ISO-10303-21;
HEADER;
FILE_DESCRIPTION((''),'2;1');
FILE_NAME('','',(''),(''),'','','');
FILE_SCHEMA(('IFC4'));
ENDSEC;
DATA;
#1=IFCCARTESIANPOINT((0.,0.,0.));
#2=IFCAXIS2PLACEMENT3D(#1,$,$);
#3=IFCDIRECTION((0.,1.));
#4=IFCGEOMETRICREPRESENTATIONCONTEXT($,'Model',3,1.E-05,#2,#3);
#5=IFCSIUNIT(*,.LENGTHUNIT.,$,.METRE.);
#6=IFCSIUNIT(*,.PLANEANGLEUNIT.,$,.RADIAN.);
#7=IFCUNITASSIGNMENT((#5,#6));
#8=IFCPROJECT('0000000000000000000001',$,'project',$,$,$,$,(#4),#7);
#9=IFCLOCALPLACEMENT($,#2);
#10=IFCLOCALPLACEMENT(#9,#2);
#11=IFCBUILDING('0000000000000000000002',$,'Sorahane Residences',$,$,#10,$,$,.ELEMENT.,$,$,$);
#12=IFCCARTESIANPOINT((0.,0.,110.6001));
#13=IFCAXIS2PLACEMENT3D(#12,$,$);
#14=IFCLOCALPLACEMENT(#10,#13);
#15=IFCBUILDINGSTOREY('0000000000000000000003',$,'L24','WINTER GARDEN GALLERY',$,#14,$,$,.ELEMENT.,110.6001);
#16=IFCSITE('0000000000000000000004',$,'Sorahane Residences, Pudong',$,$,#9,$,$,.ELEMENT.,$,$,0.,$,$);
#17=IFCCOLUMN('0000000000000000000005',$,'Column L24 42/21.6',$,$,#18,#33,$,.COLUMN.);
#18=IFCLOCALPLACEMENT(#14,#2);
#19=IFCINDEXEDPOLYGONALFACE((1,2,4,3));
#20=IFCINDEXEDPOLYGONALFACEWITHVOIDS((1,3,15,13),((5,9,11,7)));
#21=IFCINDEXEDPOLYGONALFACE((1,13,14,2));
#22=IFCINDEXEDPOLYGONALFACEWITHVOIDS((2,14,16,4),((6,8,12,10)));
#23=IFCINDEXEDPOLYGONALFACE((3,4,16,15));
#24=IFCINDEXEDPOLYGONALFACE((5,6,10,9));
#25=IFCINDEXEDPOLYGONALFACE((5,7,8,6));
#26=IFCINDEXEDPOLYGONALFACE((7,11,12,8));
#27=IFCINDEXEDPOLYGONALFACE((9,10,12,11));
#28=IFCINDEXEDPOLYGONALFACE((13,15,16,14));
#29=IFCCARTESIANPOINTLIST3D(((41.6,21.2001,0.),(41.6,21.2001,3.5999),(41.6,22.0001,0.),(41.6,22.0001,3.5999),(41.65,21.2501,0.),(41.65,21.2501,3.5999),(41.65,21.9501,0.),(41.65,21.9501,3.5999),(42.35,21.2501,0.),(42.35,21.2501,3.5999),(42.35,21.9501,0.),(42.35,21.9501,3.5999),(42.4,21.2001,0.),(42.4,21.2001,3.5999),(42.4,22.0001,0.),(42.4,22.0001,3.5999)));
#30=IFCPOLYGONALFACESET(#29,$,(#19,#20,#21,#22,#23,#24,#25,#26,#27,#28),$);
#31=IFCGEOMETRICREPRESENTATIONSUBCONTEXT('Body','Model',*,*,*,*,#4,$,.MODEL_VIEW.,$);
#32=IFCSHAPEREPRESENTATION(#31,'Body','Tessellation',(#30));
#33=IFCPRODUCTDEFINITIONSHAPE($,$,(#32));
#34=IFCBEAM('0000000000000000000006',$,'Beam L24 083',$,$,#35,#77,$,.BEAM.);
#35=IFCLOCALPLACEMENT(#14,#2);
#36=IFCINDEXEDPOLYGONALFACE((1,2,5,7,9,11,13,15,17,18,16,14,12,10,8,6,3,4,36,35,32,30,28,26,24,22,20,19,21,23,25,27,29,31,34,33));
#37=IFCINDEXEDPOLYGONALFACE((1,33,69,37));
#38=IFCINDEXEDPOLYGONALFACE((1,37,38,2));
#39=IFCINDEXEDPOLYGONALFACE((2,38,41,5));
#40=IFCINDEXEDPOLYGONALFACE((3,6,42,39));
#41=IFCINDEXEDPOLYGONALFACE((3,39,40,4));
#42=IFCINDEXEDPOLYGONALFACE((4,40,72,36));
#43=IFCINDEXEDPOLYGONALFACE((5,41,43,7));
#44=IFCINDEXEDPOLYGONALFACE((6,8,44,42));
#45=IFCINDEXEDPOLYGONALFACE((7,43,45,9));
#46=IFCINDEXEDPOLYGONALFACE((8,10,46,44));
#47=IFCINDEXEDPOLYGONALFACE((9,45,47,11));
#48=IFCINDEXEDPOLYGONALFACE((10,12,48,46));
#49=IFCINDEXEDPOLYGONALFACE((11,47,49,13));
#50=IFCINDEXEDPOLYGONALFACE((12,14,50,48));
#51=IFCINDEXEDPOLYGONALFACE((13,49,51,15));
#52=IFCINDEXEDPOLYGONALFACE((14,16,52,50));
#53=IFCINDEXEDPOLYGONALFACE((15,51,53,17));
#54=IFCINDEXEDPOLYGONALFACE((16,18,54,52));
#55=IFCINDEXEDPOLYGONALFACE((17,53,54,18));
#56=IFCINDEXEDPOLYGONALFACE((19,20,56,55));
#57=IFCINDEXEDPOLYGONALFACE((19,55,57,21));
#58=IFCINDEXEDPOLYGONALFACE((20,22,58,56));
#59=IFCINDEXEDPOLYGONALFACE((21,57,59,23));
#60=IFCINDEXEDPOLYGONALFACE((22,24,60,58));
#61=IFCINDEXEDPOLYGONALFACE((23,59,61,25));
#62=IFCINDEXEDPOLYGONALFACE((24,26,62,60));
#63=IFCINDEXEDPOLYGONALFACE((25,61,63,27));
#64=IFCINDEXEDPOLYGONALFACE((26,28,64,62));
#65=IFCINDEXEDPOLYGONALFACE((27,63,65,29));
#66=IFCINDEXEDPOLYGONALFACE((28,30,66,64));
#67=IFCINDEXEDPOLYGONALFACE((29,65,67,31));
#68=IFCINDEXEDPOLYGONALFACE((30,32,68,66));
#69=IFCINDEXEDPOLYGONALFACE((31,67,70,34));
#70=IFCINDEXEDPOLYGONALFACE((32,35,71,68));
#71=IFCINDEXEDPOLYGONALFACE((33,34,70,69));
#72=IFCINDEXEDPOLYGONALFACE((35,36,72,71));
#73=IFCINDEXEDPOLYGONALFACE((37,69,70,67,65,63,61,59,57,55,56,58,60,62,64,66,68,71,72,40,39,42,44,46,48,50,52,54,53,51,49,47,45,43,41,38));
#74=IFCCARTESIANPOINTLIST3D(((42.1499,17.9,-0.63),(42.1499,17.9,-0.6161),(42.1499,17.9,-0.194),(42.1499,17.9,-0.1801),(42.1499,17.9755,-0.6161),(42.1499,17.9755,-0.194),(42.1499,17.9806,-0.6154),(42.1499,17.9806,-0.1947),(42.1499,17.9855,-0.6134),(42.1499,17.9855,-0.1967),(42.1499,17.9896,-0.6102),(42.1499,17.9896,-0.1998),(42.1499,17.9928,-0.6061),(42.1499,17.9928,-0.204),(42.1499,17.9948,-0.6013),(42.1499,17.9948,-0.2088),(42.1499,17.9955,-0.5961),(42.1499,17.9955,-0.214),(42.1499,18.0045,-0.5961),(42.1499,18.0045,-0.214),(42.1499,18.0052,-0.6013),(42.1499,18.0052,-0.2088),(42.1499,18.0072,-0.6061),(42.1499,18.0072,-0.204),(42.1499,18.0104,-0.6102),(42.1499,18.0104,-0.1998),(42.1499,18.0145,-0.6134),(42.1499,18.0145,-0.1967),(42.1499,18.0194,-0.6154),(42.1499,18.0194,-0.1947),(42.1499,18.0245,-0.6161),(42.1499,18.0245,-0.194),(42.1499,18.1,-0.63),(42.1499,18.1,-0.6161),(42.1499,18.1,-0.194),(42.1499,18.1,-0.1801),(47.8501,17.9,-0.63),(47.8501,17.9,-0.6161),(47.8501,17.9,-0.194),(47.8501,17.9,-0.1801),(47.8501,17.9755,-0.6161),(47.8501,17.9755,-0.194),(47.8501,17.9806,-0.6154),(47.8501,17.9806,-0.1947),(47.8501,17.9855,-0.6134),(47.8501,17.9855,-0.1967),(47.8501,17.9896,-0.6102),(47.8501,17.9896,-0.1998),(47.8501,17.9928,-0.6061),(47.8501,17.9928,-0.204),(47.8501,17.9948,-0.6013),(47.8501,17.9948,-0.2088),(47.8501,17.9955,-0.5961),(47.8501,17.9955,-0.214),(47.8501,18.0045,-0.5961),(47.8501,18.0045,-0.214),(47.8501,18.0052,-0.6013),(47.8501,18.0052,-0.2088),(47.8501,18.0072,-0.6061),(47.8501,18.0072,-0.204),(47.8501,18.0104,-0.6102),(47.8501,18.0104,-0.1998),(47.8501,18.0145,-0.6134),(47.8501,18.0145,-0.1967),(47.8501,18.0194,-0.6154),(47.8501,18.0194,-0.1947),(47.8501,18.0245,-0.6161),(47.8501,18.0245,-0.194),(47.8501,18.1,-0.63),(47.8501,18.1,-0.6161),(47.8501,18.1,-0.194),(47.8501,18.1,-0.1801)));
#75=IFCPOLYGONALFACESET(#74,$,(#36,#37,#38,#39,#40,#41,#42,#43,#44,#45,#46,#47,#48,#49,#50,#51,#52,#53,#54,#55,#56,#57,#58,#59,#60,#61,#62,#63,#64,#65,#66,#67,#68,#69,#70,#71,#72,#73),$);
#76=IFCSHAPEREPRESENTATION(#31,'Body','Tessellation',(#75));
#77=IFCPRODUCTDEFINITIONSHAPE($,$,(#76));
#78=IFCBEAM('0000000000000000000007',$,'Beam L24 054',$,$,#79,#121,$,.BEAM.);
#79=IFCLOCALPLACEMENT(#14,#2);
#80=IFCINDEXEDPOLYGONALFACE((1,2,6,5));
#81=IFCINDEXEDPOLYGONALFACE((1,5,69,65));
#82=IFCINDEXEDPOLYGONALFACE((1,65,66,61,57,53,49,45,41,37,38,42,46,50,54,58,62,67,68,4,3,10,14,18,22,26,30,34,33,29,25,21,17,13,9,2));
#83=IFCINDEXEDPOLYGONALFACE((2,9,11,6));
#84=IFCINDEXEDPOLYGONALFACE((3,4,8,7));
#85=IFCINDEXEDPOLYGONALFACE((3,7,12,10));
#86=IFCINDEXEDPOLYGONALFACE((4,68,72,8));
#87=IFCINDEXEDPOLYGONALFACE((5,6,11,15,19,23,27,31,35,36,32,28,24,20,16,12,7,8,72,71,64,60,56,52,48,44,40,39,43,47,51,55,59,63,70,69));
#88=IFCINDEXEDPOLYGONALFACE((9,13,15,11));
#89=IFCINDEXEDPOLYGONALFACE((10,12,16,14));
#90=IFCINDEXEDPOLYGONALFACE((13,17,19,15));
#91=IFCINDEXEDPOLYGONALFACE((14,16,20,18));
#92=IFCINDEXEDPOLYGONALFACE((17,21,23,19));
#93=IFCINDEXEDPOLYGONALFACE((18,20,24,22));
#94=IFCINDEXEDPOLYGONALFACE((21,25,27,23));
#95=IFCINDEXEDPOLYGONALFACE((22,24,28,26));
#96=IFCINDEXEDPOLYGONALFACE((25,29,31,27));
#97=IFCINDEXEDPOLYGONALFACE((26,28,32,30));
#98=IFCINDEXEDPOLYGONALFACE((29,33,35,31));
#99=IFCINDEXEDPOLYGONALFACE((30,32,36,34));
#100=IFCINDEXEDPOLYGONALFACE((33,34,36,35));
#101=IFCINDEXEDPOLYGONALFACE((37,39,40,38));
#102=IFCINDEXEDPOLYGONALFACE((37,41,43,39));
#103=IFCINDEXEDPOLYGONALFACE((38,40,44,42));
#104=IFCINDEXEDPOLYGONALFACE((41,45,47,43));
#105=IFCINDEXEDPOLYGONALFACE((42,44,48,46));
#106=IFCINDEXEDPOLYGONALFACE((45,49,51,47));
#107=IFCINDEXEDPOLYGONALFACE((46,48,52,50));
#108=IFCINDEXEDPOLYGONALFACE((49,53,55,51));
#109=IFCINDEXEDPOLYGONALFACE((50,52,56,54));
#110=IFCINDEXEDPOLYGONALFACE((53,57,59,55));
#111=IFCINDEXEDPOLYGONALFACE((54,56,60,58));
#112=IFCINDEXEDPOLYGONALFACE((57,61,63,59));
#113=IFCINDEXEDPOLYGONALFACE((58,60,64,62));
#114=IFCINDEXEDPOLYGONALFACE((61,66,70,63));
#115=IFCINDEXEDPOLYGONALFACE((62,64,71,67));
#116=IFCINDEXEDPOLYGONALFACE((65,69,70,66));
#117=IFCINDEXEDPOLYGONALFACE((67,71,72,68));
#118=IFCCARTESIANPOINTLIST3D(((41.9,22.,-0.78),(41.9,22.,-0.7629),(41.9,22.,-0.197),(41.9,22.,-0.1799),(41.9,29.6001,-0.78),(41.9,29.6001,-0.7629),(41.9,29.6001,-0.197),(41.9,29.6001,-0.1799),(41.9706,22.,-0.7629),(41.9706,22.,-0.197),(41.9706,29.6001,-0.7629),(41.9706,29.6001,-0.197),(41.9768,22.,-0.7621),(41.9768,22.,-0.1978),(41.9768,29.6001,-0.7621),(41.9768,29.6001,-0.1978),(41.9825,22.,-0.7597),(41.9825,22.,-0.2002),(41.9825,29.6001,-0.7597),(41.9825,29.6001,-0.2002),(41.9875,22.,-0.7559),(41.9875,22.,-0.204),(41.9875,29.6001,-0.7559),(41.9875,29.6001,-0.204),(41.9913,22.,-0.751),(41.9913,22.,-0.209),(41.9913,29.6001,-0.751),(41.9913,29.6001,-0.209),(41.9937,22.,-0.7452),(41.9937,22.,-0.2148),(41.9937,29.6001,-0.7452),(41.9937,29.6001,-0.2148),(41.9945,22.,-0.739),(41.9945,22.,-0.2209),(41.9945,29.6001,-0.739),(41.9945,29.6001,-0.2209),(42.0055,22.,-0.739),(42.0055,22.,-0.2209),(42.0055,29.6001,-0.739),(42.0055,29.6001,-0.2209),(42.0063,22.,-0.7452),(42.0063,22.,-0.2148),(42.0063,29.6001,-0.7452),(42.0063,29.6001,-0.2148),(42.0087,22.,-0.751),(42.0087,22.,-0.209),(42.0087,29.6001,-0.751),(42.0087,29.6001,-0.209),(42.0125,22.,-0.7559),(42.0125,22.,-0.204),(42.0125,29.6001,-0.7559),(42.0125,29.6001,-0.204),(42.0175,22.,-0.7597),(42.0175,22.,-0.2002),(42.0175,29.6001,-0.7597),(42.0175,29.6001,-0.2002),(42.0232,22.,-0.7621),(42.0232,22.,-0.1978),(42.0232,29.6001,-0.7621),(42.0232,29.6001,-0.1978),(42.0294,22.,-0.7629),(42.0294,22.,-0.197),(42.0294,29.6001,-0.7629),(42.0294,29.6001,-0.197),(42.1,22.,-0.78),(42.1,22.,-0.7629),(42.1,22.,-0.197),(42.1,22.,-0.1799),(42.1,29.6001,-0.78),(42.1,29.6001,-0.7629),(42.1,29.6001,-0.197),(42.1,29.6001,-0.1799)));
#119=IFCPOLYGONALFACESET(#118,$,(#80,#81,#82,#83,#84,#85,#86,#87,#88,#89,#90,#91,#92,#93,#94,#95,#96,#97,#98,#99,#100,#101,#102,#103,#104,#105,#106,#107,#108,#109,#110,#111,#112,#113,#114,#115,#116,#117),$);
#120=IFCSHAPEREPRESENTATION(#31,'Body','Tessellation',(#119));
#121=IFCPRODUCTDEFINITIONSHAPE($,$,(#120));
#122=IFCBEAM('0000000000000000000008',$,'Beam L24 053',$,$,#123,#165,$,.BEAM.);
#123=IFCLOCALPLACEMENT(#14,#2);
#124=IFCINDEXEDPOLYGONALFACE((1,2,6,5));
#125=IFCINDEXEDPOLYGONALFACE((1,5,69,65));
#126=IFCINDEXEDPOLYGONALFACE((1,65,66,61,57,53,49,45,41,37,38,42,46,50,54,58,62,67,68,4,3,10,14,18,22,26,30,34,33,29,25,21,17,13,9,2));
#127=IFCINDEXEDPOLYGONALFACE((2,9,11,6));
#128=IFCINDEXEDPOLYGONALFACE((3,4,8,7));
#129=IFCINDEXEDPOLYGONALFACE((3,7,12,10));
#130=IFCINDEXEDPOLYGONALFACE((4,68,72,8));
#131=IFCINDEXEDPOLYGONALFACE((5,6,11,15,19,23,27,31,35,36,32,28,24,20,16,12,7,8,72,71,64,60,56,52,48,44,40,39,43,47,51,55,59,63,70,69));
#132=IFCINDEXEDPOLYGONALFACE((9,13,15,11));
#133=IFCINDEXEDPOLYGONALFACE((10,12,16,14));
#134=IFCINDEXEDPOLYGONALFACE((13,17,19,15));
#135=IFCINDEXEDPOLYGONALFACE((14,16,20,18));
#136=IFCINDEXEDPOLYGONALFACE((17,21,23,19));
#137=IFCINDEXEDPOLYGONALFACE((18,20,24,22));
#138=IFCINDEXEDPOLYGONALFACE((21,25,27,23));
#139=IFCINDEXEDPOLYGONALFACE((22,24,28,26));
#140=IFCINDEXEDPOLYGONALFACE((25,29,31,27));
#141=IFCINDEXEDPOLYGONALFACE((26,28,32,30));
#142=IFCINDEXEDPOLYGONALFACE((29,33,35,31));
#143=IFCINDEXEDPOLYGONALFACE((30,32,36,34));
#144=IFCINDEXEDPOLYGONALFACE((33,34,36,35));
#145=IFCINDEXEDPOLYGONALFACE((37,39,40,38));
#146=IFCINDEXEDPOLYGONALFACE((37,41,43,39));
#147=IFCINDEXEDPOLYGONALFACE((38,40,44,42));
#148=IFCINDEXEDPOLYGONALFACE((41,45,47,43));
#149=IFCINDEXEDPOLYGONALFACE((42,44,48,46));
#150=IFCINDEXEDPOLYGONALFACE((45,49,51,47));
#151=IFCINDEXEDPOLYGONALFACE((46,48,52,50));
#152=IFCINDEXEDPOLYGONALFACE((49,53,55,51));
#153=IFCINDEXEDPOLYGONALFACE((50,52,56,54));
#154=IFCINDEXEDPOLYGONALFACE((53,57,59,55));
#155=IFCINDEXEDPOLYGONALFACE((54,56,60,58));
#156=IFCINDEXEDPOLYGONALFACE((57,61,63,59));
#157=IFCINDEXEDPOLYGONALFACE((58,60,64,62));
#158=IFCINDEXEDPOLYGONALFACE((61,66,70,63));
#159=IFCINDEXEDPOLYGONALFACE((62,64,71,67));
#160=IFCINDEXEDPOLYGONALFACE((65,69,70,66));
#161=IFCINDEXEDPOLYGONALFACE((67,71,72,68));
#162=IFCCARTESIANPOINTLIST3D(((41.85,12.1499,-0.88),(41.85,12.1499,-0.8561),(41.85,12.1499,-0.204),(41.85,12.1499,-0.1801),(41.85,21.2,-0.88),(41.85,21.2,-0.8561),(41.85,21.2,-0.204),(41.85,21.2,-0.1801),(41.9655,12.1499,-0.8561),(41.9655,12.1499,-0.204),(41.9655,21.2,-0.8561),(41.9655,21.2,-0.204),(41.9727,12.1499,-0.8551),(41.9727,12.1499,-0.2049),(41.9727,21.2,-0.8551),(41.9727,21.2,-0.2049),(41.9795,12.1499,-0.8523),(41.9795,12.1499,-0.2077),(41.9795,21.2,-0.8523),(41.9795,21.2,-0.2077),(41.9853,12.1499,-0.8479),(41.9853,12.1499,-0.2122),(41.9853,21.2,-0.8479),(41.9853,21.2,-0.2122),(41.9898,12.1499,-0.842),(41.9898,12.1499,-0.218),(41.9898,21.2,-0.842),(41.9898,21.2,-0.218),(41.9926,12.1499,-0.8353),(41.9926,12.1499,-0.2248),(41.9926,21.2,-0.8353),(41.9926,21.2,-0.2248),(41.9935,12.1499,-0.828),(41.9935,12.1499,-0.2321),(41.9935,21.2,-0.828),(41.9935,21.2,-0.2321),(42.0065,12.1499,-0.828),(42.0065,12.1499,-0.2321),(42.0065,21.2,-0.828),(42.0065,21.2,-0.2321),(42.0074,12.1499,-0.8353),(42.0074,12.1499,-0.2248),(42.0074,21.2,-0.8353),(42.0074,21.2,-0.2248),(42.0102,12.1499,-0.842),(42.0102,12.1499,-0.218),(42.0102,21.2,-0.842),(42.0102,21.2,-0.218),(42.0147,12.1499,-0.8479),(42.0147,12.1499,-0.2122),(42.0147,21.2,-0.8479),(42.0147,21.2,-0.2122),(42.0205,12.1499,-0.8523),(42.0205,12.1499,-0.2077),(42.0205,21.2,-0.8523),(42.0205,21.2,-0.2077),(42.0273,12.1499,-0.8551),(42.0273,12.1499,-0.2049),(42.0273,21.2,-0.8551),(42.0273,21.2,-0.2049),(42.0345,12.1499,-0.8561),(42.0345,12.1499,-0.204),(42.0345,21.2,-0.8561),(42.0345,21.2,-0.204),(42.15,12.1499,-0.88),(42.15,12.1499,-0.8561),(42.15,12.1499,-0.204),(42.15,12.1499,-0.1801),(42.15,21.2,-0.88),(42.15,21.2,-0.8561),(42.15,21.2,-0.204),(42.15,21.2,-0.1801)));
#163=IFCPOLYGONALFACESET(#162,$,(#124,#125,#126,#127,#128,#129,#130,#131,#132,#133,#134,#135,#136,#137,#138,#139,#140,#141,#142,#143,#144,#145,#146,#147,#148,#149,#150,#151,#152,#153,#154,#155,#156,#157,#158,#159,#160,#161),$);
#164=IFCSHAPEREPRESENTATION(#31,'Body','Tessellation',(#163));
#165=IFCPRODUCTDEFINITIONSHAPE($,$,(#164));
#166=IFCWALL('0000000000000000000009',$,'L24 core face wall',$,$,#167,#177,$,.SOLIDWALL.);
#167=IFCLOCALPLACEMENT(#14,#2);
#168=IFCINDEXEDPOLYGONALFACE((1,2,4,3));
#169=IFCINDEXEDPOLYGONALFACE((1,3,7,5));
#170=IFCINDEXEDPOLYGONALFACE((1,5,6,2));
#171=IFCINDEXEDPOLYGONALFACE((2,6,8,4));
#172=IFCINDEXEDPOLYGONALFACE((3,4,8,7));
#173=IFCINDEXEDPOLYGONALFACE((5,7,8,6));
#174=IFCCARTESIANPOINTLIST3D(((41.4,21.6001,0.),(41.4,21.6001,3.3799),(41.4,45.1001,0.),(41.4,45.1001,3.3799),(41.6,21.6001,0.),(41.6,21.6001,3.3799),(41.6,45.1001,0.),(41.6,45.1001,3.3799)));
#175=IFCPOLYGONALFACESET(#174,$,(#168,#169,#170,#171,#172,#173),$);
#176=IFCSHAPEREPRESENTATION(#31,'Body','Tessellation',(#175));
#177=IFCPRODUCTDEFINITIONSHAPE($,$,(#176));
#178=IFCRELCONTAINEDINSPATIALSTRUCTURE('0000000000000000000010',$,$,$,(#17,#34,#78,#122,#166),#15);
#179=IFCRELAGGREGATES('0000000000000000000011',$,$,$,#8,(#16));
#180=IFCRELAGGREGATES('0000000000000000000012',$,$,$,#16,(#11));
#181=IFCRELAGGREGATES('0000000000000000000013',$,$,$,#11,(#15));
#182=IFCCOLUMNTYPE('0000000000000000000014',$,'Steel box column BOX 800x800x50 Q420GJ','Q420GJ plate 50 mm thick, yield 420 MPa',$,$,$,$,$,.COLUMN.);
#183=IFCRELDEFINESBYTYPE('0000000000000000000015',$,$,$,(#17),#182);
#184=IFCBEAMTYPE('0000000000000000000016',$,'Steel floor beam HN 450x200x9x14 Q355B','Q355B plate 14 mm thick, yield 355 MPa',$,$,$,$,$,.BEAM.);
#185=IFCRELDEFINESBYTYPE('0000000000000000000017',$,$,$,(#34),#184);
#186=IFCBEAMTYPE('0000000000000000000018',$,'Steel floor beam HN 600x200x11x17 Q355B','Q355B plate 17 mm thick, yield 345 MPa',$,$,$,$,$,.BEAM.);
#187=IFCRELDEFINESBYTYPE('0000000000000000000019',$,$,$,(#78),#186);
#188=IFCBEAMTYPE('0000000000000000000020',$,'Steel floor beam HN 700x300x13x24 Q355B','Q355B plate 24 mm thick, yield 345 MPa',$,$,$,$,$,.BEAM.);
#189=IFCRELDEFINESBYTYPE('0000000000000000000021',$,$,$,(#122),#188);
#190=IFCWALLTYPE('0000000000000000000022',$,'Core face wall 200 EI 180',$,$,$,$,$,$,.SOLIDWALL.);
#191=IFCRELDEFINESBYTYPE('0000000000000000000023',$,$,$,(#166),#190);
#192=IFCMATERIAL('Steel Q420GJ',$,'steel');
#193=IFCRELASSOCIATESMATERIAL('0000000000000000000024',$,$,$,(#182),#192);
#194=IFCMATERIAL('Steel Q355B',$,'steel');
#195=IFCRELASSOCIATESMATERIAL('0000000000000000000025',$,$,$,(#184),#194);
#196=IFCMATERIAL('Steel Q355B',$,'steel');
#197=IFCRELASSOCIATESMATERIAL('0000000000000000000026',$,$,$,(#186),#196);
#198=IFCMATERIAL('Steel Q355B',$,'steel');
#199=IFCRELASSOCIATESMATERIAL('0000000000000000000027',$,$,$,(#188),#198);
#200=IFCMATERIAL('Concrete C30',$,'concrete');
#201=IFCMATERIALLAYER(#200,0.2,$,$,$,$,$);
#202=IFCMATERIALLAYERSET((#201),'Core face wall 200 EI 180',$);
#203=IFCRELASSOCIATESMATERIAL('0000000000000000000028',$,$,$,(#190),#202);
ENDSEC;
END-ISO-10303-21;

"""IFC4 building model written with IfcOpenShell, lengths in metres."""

from ifc_helpers import new_model, si_unit, direction, frame, frame_2d, origin, origin_2d, place, context, subcontext, project, spatial, rectangle, hollow_rectangle, i_section, extrude, material, layer, layer_set, material_profile, profile_set, type_object, element, save


model = new_model("IFC4")

# Units and contexts
model_context = context("Model", 3, precision=1e-05, world=origin(), true_north=direction((0.0, 1.0)))
body_context = subcontext(model_context, "Body", "Model", "MODEL_VIEW")
ifc_project = project(units=[si_unit("LENGTHUNIT", "METRE"), si_unit("PLANEANGLEUNIT", "RADIAN")], contexts=[model_context])

# Site, building, storey
site_placement = place(None, origin())
site = spatial("IfcSite", under=ifc_project, at=site_placement, Name="Sorahane Residences, Pudong", CompositionType="ELEMENT", RefElevation=0.0)
building_placement = place(site_placement, origin())
building = spatial("IfcBuilding", under=site, at=building_placement, Name="Sorahane Residences", CompositionType="ELEMENT")
storey_placement = place(building_placement, frame((0.0, 0.0, 110.6001)))
storey = spatial("IfcBuildingStorey", under=building, at=storey_placement, Name="L24", Description="WINTER GARDEN GALLERY", CompositionType="ELEMENT", Elevation=110.6001)

# Column
ifc_material_1 = material(Name="Steel Q420GJ", Category="steel")
ifc_material_profile_1 = material_profile(ifc_material_1, hollow_rectangle(XDim=0.8, YDim=0.8, WallThickness=0.05, at=origin_2d()), Name="BOX 800x800x50")
ifc_profile_set_1 = profile_set([ifc_material_profile_1], Name="Steel Q420GJ")
column_type = type_object("IfcColumnType", Name="Steel box column BOX 800x800x50 Q420GJ", Description="Q420GJ plate 50 mm thick, yield 420 MPa", PredefinedType="COLUMN", material=ifc_profile_set_1)
column_placement = place(storey_placement, frame((42.0, 21.6001, 0.0), z_axis=(0.0, 0.0, 1.0), x_axis=(1.0, 0.0, 0.0)))
element("IfcColumn", 1, at=column_placement, inside=storey, type_object=column_type, Name="Column L24 42/21.6", PredefinedType="COLUMN", context=body_context, shape_type="SweptSolid", body=[
    extrude(hollow_rectangle(XDim=0.8, YDim=0.8, WallThickness=0.05, at=origin_2d()), origin(), (0.0, 0.0, 1.0), 3.5999),
])

# Beams
ifc_material_2 = material(Name="Steel Q355B", Category="steel")
ifc_material_profile_2 = material_profile(ifc_material_2, i_section(OverallWidth=0.2, OverallDepth=0.45, WebThickness=0.009, FlangeThickness=0.0139, FilletRadius=0.02, at=origin_2d()), Name="HN 450x200x9x14")
ifc_profile_set_2 = profile_set([ifc_material_profile_2], Name="Steel Q355B")
beam_type_1 = type_object("IfcBeamType", Name="Steel floor beam HN 450x200x9x14 Q355B", Description="Q355B plate 14 mm thick, yield 355 MPa", PredefinedType="BEAM", material=ifc_profile_set_2)
beam_1_placement = place(storey_placement, frame((42.1499, 18.0, -0.405), z_axis=(1.0, 0.0, 0.0), x_axis=(0.0, 1.0, 0.0)))
element("IfcBeam", 2, at=beam_1_placement, inside=storey, type_object=beam_type_1, Name="Beam L24 083", PredefinedType="BEAM", context=body_context, shape_type="SweptSolid", body=[
    extrude(i_section(OverallWidth=0.2, OverallDepth=0.45, WebThickness=0.009, FlangeThickness=0.0139, FilletRadius=0.02, at=origin_2d()), origin(), (0.0, 0.0, 1.0), 5.7002),
])
ifc_material_3 = material(Name="Steel Q355B", Category="steel")
ifc_material_profile_3 = material_profile(ifc_material_3, i_section(OverallWidth=0.2, OverallDepth=0.6001, WebThickness=0.011, FlangeThickness=0.0171, FilletRadius=0.0239, at=origin_2d()), Name="HN 600x200x11x17")
ifc_profile_set_3 = profile_set([ifc_material_profile_3], Name="Steel Q355B")
beam_type_2 = type_object("IfcBeamType", Name="Steel floor beam HN 600x200x11x17 Q355B", Description="Q355B plate 17 mm thick, yield 345 MPa", PredefinedType="BEAM", material=ifc_profile_set_3)
beam_2_placement = place(storey_placement, frame((42.0, 22.0, -0.48), z_axis=(0.0, 1.0, 0.0), x_axis=(-1.0, 0.0, 0.0)))
element("IfcBeam", 3, at=beam_2_placement, inside=storey, type_object=beam_type_2, Name="Beam L24 054", PredefinedType="BEAM", context=body_context, shape_type="SweptSolid", body=[
    extrude(i_section(OverallWidth=0.2, OverallDepth=0.6001, WebThickness=0.011, FlangeThickness=0.0171, FilletRadius=0.0239, at=origin_2d()), origin(), (0.0, 0.0, 1.0), 7.6001),
])
ifc_material_4 = material(Name="Steel Q355B", Category="steel")
ifc_material_profile_4 = material_profile(ifc_material_4, i_section(OverallWidth=0.3, OverallDepth=0.7, WebThickness=0.0129, FlangeThickness=0.0239, FilletRadius=0.0281, at=origin_2d()), Name="HN 700x300x13x24")
ifc_profile_set_4 = profile_set([ifc_material_profile_4], Name="Steel Q355B")
beam_type_3 = type_object("IfcBeamType", Name="Steel floor beam HN 700x300x13x24 Q355B", Description="Q355B plate 24 mm thick, yield 345 MPa", PredefinedType="BEAM", material=ifc_profile_set_4)
beam_3_placement = place(storey_placement, frame((42.0, 12.1499, -0.53), z_axis=(0.0, 1.0, 0.0), x_axis=(-1.0, 0.0, 0.0)))
element("IfcBeam", 4, at=beam_3_placement, inside=storey, type_object=beam_type_3, Name="Beam L24 053", PredefinedType="BEAM", context=body_context, shape_type="SweptSolid", body=[
    extrude(i_section(OverallWidth=0.3, OverallDepth=0.7, WebThickness=0.0129, FlangeThickness=0.0239, FilletRadius=0.0281, at=origin_2d()), origin(), (0.0, 0.0, 1.0), 9.05),
])

# Wall
ifc_material_5 = material(Name="Concrete C30", Category="concrete")
ifc_layer_1 = layer(ifc_material_5, 0.2)
ifc_layer_set_1 = layer_set([ifc_layer_1], Name="Core face wall 200 EI 180")
wall_type_1 = type_object("IfcWallType", Name="Core face wall 200 EI 180", PredefinedType="SOLIDWALL", material=ifc_layer_set_1)
wall_1_placement = place(storey_placement, frame((41.5, 21.6001, 0.0), z_axis=(0.0, 0.0, 1.0), x_axis=(0.0, 1.0, 0.0)))
element("IfcWall", 5, at=wall_1_placement, inside=storey, type_object=wall_type_1, Name="L24 core face wall", PredefinedType="SOLIDWALL", context=body_context, shape_type="SweptSolid", body=[
    extrude(rectangle(XDim=23.5, YDim=0.2, at=frame_2d((11.75, 0.0))), origin(), (0.0, 0.0, 1.0), 3.3799),
])

save(model, "model.ifc")
